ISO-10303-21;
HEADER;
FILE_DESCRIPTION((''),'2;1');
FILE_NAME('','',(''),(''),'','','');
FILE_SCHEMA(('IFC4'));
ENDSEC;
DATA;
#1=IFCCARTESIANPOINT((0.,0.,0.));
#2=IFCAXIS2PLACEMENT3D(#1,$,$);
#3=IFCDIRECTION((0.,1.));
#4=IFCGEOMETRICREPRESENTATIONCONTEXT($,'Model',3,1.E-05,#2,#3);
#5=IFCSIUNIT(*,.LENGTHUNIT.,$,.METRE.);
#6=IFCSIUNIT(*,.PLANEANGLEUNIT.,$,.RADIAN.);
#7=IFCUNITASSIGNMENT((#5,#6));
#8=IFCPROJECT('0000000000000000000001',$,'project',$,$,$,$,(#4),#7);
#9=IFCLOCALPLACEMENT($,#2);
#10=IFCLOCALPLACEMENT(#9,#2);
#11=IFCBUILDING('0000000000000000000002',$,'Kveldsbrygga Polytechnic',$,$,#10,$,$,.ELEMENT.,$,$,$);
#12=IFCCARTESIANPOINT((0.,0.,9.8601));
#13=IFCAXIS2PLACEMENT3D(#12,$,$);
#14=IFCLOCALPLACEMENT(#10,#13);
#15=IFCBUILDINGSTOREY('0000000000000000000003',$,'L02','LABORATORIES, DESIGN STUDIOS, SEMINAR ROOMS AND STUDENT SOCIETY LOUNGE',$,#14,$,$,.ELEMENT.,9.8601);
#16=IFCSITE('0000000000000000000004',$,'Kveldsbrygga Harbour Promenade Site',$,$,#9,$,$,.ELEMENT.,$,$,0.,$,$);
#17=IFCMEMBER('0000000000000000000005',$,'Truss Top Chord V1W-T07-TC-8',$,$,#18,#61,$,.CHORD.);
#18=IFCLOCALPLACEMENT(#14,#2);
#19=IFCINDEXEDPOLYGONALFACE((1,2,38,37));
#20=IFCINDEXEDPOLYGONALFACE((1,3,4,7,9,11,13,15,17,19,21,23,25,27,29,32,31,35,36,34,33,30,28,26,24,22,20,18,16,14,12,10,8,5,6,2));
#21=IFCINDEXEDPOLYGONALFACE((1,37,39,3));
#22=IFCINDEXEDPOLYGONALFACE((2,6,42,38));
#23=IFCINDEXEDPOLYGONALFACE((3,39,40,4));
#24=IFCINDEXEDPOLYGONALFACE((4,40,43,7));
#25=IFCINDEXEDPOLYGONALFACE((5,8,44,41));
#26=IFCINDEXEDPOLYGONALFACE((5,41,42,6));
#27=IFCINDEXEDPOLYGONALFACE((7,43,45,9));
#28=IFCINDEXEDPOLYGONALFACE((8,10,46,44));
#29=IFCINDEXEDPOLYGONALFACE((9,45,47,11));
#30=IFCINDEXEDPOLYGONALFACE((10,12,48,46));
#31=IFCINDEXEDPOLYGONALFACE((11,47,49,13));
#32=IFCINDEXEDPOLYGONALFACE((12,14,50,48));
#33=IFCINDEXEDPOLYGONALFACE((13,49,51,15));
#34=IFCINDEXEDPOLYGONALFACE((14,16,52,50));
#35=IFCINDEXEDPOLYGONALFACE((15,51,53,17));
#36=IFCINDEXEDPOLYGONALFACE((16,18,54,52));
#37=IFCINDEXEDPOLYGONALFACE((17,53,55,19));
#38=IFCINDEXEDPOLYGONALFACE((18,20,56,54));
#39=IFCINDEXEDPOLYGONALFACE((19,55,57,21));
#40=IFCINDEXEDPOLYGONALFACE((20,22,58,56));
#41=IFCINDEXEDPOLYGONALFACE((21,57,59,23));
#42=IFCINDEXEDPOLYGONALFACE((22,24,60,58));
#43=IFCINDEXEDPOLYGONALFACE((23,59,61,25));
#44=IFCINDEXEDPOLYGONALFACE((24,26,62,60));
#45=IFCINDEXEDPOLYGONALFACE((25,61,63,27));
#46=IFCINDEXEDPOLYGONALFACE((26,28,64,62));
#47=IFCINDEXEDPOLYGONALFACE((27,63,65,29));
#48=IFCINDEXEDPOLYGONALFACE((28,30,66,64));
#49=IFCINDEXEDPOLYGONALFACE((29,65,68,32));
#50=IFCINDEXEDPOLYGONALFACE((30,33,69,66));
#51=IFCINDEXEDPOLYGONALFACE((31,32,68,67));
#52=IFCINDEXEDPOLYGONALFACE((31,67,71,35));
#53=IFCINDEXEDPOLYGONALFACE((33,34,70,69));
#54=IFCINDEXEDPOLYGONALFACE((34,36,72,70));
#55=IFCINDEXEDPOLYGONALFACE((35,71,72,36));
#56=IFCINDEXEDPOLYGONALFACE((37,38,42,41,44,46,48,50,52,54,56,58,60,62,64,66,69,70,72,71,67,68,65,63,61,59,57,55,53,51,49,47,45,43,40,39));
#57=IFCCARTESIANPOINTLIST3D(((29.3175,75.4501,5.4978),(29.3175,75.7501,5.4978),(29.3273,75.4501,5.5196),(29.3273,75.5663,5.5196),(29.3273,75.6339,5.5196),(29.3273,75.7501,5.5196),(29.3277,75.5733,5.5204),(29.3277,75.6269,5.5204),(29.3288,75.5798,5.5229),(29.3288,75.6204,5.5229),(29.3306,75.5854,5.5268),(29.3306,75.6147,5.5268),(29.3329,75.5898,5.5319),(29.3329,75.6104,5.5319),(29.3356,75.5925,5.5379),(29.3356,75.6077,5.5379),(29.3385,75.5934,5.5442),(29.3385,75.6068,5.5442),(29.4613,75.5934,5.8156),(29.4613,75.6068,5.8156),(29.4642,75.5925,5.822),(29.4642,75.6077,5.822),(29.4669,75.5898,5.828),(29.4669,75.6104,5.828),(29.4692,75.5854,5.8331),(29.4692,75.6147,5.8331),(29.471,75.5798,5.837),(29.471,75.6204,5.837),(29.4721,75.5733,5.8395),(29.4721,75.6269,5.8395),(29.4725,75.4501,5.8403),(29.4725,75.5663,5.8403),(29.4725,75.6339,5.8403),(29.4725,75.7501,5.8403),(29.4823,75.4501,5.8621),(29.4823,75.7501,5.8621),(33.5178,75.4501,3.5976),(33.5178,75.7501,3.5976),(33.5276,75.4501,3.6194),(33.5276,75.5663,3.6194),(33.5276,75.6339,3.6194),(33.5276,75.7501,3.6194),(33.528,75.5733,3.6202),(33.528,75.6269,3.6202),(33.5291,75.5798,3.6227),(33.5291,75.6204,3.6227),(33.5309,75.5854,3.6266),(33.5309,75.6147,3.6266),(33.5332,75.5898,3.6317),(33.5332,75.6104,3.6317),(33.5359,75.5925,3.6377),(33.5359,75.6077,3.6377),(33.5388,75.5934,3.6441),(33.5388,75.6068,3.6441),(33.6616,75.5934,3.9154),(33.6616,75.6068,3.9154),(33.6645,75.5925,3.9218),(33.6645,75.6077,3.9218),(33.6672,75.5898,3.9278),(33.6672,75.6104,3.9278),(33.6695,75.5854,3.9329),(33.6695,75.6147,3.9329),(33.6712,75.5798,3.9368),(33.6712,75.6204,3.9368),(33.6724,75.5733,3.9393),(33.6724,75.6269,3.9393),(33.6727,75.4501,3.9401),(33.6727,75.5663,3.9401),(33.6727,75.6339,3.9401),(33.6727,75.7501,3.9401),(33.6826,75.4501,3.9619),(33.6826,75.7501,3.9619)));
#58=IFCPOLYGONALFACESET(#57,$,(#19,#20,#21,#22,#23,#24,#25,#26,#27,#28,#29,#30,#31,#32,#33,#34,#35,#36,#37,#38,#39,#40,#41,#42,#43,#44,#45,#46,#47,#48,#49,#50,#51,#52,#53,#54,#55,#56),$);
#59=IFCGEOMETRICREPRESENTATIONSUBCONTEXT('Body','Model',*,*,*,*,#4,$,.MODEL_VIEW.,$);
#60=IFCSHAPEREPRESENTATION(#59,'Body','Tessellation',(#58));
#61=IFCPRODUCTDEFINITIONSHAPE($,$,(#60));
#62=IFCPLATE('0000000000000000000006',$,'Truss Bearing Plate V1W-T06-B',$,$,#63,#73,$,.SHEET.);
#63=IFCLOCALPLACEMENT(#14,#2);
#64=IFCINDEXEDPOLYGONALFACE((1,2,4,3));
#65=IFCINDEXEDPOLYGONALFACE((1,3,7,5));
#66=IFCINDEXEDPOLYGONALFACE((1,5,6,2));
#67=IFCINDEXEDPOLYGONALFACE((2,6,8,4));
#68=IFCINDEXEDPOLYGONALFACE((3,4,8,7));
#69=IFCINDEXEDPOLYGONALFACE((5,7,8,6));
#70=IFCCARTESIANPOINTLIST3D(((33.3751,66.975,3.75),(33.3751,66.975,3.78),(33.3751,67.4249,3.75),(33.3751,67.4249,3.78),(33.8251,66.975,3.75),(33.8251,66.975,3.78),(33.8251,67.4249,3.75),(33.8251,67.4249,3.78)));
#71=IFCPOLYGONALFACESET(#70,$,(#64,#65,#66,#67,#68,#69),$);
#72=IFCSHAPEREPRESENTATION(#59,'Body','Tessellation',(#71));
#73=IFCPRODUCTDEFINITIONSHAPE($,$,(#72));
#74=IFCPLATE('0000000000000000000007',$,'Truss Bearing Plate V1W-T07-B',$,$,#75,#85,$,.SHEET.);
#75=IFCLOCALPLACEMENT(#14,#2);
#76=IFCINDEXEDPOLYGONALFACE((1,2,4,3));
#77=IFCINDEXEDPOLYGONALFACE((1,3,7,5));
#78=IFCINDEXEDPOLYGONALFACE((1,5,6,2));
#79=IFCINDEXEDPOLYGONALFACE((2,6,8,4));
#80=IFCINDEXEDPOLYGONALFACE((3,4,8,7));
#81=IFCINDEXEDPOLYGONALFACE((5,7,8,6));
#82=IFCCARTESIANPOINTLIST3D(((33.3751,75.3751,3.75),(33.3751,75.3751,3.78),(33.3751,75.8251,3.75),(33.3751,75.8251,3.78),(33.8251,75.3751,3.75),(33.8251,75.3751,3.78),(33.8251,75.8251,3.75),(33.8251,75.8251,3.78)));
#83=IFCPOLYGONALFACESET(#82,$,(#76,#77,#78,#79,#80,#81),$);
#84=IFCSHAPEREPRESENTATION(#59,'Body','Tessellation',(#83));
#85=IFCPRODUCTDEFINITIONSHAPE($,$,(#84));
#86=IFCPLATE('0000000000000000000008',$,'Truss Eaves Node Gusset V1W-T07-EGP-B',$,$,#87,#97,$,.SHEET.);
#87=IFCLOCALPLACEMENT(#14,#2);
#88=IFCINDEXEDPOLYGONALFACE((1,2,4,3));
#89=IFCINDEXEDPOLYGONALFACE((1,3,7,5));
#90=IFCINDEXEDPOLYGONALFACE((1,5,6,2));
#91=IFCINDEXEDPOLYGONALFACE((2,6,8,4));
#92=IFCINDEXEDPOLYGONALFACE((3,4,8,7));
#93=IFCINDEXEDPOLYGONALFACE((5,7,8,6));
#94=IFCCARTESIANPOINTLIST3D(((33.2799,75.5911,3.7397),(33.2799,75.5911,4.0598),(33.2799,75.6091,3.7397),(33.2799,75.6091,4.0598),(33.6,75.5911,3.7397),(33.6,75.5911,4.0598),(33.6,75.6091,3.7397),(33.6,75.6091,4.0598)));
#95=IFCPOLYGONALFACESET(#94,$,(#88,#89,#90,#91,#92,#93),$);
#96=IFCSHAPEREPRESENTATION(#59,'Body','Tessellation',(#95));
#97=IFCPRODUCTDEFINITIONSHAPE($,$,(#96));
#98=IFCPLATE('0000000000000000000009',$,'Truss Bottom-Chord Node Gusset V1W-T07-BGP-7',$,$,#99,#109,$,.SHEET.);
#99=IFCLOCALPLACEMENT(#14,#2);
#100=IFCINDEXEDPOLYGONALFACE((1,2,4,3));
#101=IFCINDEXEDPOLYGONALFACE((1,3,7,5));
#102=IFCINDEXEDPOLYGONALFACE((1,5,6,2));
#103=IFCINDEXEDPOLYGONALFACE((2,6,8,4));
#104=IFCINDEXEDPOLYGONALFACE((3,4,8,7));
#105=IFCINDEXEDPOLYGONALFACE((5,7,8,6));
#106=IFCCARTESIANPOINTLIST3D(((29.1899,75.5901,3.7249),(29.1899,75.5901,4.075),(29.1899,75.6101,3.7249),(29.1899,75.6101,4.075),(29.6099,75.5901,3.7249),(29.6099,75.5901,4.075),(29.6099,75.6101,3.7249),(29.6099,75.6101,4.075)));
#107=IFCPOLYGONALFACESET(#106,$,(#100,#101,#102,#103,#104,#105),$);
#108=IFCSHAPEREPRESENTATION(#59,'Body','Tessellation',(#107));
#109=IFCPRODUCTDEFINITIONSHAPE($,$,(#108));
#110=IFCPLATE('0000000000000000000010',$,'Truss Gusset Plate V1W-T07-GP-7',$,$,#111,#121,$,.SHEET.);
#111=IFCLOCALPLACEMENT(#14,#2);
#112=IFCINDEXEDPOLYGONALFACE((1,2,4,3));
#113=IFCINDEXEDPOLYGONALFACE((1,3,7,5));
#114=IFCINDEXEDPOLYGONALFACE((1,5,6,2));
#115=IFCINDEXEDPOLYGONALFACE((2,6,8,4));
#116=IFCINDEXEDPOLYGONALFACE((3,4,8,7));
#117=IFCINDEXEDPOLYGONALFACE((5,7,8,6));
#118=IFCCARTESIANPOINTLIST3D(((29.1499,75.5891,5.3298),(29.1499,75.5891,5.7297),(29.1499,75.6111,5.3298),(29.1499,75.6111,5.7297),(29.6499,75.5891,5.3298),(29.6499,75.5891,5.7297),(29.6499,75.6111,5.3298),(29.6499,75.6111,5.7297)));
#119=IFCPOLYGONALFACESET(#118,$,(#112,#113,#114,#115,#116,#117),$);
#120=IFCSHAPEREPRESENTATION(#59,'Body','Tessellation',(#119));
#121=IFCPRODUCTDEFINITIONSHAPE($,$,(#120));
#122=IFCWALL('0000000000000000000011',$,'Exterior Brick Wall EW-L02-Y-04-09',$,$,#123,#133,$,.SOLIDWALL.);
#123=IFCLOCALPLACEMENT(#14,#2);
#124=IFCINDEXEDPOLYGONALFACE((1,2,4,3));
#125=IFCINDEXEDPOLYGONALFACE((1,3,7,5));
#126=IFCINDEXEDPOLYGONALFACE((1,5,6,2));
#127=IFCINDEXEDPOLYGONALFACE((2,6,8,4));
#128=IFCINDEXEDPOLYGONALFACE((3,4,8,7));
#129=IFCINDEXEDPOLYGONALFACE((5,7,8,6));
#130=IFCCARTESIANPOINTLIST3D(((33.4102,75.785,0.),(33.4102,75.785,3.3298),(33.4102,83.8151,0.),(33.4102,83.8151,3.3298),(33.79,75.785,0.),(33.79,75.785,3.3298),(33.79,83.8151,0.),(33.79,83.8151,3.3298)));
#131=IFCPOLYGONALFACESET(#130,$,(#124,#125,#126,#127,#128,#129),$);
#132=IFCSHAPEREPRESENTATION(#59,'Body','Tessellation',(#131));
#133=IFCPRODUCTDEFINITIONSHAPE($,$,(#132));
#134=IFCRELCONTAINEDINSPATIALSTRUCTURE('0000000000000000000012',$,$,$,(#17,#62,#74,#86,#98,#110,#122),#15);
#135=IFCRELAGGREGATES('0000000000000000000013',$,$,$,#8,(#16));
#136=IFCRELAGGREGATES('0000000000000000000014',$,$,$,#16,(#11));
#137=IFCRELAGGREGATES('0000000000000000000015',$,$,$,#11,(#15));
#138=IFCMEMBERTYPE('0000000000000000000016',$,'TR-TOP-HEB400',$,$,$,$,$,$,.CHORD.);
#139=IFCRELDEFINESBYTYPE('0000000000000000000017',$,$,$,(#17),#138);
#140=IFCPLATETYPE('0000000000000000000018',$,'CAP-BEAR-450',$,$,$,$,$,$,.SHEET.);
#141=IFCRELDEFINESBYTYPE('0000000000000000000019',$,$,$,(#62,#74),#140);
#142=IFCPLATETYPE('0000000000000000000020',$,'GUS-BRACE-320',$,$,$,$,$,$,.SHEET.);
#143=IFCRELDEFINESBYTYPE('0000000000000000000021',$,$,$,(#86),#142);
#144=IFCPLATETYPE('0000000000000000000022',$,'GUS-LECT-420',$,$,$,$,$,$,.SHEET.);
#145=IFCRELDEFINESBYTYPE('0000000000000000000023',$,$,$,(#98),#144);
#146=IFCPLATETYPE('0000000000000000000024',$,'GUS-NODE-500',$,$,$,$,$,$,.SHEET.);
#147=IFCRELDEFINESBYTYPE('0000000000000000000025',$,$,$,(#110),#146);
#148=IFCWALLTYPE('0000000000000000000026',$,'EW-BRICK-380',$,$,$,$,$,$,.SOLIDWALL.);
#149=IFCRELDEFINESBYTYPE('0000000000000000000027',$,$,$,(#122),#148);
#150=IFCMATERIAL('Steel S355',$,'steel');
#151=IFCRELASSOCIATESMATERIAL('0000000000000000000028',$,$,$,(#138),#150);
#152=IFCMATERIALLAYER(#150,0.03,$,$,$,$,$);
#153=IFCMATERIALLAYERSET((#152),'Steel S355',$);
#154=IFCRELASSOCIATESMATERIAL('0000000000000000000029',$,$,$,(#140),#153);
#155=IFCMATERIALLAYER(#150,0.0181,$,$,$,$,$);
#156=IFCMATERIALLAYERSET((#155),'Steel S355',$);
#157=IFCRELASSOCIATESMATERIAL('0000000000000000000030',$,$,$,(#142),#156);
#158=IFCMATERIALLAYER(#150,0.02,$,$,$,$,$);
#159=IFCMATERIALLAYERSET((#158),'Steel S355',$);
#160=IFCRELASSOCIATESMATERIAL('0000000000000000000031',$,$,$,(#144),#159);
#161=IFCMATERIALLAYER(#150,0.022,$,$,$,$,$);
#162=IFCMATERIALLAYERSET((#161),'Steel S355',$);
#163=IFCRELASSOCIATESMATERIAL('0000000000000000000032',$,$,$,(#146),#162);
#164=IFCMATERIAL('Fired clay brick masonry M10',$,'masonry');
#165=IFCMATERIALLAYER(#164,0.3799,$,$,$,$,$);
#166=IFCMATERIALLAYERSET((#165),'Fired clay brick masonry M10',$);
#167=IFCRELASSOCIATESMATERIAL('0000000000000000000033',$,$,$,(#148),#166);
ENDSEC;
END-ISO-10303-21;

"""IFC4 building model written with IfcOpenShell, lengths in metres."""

from ifc_helpers import new_model, si_unit, direction, frame, frame_2d, origin, origin_2d, place, context, subcontext, project, spatial, rectangle, i_section, extrude, material, layer, layer_set, material_profile, profile_set, type_object, element, save


model = new_model("IFC4")

# Units and contexts
model_context = context("Model", 3, precision=1e-05, world=origin(), true_north=direction((0.0, 1.0)))
body_context = subcontext(model_context, "Body", "Model", "MODEL_VIEW")
ifc_project = project(units=[si_unit("LENGTHUNIT", "METRE"), si_unit("PLANEANGLEUNIT", "RADIAN")], contexts=[model_context])

# Site, building, storey
site_placement = place(None, origin())
site = spatial("IfcSite", under=ifc_project, at=site_placement, Name="Kveldsbrygga Harbour Promenade Site", CompositionType="ELEMENT", RefElevation=0.0)
building_placement = place(site_placement, origin())
building = spatial("IfcBuilding", under=site, at=building_placement, Name="Kveldsbrygga Polytechnic", CompositionType="ELEMENT")
storey_placement = place(building_placement, frame((0.0, 0.0, 9.8601)))
storey = spatial("IfcBuildingStorey", under=building, at=storey_placement, Name="L02", Description="LABORATORIES, DESIGN STUDIOS, SEMINAR ROOMS AND STUDENT SOCIETY LOUNGE", CompositionType="ELEMENT", Elevation=9.8601)

# Shared definitions
ifc_material_1 = material(Name="Steel S355", Category="steel")

# Member
ifc_material_profile_1 = material_profile(ifc_material_1, i_section(OverallWidth=0.3, OverallDepth=0.3999, WebThickness=0.0134, FlangeThickness=0.0239, FilletRadius=0.0271, at=origin_2d()), Name="HEB 400")
ifc_profile_set_1 = profile_set([ifc_material_profile_1], Name="Steel S355")
member_type_1 = type_object("IfcMemberType", Name="TR-TOP-HEB400", PredefinedType="CHORD", material=ifc_profile_set_1)
member_1_placement = place(storey_placement, frame((29.3999, 75.6001, 5.6799), z_axis=(0.911103, 0.0, -0.412178), x_axis=(0.0, 1.0, 0.0)))
element("IfcMember", 1, at=member_1_placement, inside=storey, type_object=member_type_1, Name="Truss Top Chord V1W-T07-TC-8", PredefinedType="CHORD", context=body_context, shape_type="SweptSolid", body=[
    extrude(i_section(OverallWidth=0.3, OverallDepth=0.3999, WebThickness=0.0134, FlangeThickness=0.0239, FilletRadius=0.0271, at=origin_2d()), origin(), (0.0, 0.0, 1.0), 4.6101),
])

# Plates
ifc_layer_1 = layer(ifc_material_1, 0.03)
ifc_layer_set_1 = layer_set([ifc_layer_1], Name="Steel S355")
plate_type_1 = type_object("IfcPlateType", Name="CAP-BEAR-450", PredefinedType="SHEET", material=ifc_layer_set_1)
for number, where, z_axis, x_axis, name in (
    (2, (33.6001, 67.2, 3.75), (0.0, 0.0, 1.0), (1.0, 0.0, 0.0), "Truss Bearing Plate V1W-T06-B"),
    (3, (33.6001, 75.6001, 3.75), (0.0, 0.0, 1.0), (1.0, 0.0, 0.0), "Truss Bearing Plate V1W-T07-B"),
):
    element("IfcPlate", number, at=place(storey_placement, frame(where, z_axis=z_axis, x_axis=x_axis)), inside=storey, type_object=plate_type_1, Name=name, PredefinedType="SHEET", context=body_context, shape_type="SweptSolid", body=[
        extrude(rectangle(XDim=0.45, YDim=0.45, at=origin_2d()), origin(), (0.0, 0.0, 1.0), 0.03),
    ])
ifc_layer_2 = layer(ifc_material_1, 0.0181)
ifc_layer_set_2 = layer_set([ifc_layer_2], Name="Steel S355")
plate_type_2 = type_object("IfcPlateType", Name="GUS-BRACE-320", PredefinedType="SHEET", material=ifc_layer_set_2)
plate_1_placement = place(storey_placement, frame((33.4399, 75.6001, 3.7397), z_axis=(0.0, 0.0, 1.0), x_axis=(1.0, 0.0, 0.0)))
element("IfcPlate", 4, at=plate_1_placement, inside=storey, type_object=plate_type_2, Name="Truss Eaves Node Gusset V1W-T07-EGP-B", PredefinedType="SHEET", context=body_context, shape_type="SweptSolid", body=[
    extrude(rectangle(XDim=0.3201, YDim=0.0181, at=origin_2d()), origin(), (0.0, 0.0, 1.0), 0.3201),
])
ifc_layer_3 = layer(ifc_material_1, 0.02)
ifc_layer_set_3 = layer_set([ifc_layer_3], Name="Steel S355")
plate_type_3 = type_object("IfcPlateType", Name="GUS-LECT-420", PredefinedType="SHEET", material=ifc_layer_set_3)
plate_2_placement = place(storey_placement, frame((29.3999, 75.6001, 3.7249), z_axis=(0.0, 0.0, 1.0), x_axis=(1.0, 0.0, 0.0)))
element("IfcPlate", 5, at=plate_2_placement, inside=storey, type_object=plate_type_3, Name="Truss Bottom-Chord Node Gusset V1W-T07-BGP-7", PredefinedType="SHEET", context=body_context, shape_type="SweptSolid", body=[
    extrude(rectangle(XDim=0.4199, YDim=0.02, at=origin_2d()), origin(), (0.0, 0.0, 1.0), 0.3501),
])
ifc_layer_4 = layer(ifc_material_1, 0.022)
ifc_layer_set_4 = layer_set([ifc_layer_4], Name="Steel S355")
plate_type_4 = type_object("IfcPlateType", Name="GUS-NODE-500", PredefinedType="SHEET", material=ifc_layer_set_4)
plate_3_placement = place(storey_placement, frame((29.3999, 75.6001, 5.3298), z_axis=(0.0, 0.0, 1.0), x_axis=(1.0, 0.0, 0.0)))
element("IfcPlate", 6, at=plate_3_placement, inside=storey, type_object=plate_type_4, Name="Truss Gusset Plate V1W-T07-GP-7", PredefinedType="SHEET", context=body_context, shape_type="SweptSolid", body=[
    extrude(rectangle(XDim=0.5, YDim=0.022, at=origin_2d()), origin(), (0.0, 0.0, 1.0), 0.3999),
])

# Wall
ifc_material_2 = material(Name="Fired clay brick masonry M10", Category="masonry")
ifc_layer_5 = layer(ifc_material_2, 0.3799)
ifc_layer_set_5 = layer_set([ifc_layer_5], Name="Fired clay brick masonry M10")
wall_type_1 = type_object("IfcWallType", Name="EW-BRICK-380", PredefinedType="SOLIDWALL", material=ifc_layer_set_5)
wall_1_placement = place(storey_placement, frame((33.6001, 75.7849, 0.0), z_axis=(0.0, 0.0, 1.0), x_axis=(0.0, 1.0, 0.0)))
element("IfcWall", 7, at=wall_1_placement, inside=storey, type_object=wall_type_1, Name="Exterior Brick Wall EW-L02-Y-04-09", PredefinedType="SOLIDWALL", context=body_context, shape_type="SweptSolid", body=[
    extrude(rectangle(XDim=8.03, YDim=0.3799, at=frame_2d((4.0151, 0.0))), origin(), (0.0, 0.0, 1.0), 3.3298),
])

save(model, "model.ifc")
